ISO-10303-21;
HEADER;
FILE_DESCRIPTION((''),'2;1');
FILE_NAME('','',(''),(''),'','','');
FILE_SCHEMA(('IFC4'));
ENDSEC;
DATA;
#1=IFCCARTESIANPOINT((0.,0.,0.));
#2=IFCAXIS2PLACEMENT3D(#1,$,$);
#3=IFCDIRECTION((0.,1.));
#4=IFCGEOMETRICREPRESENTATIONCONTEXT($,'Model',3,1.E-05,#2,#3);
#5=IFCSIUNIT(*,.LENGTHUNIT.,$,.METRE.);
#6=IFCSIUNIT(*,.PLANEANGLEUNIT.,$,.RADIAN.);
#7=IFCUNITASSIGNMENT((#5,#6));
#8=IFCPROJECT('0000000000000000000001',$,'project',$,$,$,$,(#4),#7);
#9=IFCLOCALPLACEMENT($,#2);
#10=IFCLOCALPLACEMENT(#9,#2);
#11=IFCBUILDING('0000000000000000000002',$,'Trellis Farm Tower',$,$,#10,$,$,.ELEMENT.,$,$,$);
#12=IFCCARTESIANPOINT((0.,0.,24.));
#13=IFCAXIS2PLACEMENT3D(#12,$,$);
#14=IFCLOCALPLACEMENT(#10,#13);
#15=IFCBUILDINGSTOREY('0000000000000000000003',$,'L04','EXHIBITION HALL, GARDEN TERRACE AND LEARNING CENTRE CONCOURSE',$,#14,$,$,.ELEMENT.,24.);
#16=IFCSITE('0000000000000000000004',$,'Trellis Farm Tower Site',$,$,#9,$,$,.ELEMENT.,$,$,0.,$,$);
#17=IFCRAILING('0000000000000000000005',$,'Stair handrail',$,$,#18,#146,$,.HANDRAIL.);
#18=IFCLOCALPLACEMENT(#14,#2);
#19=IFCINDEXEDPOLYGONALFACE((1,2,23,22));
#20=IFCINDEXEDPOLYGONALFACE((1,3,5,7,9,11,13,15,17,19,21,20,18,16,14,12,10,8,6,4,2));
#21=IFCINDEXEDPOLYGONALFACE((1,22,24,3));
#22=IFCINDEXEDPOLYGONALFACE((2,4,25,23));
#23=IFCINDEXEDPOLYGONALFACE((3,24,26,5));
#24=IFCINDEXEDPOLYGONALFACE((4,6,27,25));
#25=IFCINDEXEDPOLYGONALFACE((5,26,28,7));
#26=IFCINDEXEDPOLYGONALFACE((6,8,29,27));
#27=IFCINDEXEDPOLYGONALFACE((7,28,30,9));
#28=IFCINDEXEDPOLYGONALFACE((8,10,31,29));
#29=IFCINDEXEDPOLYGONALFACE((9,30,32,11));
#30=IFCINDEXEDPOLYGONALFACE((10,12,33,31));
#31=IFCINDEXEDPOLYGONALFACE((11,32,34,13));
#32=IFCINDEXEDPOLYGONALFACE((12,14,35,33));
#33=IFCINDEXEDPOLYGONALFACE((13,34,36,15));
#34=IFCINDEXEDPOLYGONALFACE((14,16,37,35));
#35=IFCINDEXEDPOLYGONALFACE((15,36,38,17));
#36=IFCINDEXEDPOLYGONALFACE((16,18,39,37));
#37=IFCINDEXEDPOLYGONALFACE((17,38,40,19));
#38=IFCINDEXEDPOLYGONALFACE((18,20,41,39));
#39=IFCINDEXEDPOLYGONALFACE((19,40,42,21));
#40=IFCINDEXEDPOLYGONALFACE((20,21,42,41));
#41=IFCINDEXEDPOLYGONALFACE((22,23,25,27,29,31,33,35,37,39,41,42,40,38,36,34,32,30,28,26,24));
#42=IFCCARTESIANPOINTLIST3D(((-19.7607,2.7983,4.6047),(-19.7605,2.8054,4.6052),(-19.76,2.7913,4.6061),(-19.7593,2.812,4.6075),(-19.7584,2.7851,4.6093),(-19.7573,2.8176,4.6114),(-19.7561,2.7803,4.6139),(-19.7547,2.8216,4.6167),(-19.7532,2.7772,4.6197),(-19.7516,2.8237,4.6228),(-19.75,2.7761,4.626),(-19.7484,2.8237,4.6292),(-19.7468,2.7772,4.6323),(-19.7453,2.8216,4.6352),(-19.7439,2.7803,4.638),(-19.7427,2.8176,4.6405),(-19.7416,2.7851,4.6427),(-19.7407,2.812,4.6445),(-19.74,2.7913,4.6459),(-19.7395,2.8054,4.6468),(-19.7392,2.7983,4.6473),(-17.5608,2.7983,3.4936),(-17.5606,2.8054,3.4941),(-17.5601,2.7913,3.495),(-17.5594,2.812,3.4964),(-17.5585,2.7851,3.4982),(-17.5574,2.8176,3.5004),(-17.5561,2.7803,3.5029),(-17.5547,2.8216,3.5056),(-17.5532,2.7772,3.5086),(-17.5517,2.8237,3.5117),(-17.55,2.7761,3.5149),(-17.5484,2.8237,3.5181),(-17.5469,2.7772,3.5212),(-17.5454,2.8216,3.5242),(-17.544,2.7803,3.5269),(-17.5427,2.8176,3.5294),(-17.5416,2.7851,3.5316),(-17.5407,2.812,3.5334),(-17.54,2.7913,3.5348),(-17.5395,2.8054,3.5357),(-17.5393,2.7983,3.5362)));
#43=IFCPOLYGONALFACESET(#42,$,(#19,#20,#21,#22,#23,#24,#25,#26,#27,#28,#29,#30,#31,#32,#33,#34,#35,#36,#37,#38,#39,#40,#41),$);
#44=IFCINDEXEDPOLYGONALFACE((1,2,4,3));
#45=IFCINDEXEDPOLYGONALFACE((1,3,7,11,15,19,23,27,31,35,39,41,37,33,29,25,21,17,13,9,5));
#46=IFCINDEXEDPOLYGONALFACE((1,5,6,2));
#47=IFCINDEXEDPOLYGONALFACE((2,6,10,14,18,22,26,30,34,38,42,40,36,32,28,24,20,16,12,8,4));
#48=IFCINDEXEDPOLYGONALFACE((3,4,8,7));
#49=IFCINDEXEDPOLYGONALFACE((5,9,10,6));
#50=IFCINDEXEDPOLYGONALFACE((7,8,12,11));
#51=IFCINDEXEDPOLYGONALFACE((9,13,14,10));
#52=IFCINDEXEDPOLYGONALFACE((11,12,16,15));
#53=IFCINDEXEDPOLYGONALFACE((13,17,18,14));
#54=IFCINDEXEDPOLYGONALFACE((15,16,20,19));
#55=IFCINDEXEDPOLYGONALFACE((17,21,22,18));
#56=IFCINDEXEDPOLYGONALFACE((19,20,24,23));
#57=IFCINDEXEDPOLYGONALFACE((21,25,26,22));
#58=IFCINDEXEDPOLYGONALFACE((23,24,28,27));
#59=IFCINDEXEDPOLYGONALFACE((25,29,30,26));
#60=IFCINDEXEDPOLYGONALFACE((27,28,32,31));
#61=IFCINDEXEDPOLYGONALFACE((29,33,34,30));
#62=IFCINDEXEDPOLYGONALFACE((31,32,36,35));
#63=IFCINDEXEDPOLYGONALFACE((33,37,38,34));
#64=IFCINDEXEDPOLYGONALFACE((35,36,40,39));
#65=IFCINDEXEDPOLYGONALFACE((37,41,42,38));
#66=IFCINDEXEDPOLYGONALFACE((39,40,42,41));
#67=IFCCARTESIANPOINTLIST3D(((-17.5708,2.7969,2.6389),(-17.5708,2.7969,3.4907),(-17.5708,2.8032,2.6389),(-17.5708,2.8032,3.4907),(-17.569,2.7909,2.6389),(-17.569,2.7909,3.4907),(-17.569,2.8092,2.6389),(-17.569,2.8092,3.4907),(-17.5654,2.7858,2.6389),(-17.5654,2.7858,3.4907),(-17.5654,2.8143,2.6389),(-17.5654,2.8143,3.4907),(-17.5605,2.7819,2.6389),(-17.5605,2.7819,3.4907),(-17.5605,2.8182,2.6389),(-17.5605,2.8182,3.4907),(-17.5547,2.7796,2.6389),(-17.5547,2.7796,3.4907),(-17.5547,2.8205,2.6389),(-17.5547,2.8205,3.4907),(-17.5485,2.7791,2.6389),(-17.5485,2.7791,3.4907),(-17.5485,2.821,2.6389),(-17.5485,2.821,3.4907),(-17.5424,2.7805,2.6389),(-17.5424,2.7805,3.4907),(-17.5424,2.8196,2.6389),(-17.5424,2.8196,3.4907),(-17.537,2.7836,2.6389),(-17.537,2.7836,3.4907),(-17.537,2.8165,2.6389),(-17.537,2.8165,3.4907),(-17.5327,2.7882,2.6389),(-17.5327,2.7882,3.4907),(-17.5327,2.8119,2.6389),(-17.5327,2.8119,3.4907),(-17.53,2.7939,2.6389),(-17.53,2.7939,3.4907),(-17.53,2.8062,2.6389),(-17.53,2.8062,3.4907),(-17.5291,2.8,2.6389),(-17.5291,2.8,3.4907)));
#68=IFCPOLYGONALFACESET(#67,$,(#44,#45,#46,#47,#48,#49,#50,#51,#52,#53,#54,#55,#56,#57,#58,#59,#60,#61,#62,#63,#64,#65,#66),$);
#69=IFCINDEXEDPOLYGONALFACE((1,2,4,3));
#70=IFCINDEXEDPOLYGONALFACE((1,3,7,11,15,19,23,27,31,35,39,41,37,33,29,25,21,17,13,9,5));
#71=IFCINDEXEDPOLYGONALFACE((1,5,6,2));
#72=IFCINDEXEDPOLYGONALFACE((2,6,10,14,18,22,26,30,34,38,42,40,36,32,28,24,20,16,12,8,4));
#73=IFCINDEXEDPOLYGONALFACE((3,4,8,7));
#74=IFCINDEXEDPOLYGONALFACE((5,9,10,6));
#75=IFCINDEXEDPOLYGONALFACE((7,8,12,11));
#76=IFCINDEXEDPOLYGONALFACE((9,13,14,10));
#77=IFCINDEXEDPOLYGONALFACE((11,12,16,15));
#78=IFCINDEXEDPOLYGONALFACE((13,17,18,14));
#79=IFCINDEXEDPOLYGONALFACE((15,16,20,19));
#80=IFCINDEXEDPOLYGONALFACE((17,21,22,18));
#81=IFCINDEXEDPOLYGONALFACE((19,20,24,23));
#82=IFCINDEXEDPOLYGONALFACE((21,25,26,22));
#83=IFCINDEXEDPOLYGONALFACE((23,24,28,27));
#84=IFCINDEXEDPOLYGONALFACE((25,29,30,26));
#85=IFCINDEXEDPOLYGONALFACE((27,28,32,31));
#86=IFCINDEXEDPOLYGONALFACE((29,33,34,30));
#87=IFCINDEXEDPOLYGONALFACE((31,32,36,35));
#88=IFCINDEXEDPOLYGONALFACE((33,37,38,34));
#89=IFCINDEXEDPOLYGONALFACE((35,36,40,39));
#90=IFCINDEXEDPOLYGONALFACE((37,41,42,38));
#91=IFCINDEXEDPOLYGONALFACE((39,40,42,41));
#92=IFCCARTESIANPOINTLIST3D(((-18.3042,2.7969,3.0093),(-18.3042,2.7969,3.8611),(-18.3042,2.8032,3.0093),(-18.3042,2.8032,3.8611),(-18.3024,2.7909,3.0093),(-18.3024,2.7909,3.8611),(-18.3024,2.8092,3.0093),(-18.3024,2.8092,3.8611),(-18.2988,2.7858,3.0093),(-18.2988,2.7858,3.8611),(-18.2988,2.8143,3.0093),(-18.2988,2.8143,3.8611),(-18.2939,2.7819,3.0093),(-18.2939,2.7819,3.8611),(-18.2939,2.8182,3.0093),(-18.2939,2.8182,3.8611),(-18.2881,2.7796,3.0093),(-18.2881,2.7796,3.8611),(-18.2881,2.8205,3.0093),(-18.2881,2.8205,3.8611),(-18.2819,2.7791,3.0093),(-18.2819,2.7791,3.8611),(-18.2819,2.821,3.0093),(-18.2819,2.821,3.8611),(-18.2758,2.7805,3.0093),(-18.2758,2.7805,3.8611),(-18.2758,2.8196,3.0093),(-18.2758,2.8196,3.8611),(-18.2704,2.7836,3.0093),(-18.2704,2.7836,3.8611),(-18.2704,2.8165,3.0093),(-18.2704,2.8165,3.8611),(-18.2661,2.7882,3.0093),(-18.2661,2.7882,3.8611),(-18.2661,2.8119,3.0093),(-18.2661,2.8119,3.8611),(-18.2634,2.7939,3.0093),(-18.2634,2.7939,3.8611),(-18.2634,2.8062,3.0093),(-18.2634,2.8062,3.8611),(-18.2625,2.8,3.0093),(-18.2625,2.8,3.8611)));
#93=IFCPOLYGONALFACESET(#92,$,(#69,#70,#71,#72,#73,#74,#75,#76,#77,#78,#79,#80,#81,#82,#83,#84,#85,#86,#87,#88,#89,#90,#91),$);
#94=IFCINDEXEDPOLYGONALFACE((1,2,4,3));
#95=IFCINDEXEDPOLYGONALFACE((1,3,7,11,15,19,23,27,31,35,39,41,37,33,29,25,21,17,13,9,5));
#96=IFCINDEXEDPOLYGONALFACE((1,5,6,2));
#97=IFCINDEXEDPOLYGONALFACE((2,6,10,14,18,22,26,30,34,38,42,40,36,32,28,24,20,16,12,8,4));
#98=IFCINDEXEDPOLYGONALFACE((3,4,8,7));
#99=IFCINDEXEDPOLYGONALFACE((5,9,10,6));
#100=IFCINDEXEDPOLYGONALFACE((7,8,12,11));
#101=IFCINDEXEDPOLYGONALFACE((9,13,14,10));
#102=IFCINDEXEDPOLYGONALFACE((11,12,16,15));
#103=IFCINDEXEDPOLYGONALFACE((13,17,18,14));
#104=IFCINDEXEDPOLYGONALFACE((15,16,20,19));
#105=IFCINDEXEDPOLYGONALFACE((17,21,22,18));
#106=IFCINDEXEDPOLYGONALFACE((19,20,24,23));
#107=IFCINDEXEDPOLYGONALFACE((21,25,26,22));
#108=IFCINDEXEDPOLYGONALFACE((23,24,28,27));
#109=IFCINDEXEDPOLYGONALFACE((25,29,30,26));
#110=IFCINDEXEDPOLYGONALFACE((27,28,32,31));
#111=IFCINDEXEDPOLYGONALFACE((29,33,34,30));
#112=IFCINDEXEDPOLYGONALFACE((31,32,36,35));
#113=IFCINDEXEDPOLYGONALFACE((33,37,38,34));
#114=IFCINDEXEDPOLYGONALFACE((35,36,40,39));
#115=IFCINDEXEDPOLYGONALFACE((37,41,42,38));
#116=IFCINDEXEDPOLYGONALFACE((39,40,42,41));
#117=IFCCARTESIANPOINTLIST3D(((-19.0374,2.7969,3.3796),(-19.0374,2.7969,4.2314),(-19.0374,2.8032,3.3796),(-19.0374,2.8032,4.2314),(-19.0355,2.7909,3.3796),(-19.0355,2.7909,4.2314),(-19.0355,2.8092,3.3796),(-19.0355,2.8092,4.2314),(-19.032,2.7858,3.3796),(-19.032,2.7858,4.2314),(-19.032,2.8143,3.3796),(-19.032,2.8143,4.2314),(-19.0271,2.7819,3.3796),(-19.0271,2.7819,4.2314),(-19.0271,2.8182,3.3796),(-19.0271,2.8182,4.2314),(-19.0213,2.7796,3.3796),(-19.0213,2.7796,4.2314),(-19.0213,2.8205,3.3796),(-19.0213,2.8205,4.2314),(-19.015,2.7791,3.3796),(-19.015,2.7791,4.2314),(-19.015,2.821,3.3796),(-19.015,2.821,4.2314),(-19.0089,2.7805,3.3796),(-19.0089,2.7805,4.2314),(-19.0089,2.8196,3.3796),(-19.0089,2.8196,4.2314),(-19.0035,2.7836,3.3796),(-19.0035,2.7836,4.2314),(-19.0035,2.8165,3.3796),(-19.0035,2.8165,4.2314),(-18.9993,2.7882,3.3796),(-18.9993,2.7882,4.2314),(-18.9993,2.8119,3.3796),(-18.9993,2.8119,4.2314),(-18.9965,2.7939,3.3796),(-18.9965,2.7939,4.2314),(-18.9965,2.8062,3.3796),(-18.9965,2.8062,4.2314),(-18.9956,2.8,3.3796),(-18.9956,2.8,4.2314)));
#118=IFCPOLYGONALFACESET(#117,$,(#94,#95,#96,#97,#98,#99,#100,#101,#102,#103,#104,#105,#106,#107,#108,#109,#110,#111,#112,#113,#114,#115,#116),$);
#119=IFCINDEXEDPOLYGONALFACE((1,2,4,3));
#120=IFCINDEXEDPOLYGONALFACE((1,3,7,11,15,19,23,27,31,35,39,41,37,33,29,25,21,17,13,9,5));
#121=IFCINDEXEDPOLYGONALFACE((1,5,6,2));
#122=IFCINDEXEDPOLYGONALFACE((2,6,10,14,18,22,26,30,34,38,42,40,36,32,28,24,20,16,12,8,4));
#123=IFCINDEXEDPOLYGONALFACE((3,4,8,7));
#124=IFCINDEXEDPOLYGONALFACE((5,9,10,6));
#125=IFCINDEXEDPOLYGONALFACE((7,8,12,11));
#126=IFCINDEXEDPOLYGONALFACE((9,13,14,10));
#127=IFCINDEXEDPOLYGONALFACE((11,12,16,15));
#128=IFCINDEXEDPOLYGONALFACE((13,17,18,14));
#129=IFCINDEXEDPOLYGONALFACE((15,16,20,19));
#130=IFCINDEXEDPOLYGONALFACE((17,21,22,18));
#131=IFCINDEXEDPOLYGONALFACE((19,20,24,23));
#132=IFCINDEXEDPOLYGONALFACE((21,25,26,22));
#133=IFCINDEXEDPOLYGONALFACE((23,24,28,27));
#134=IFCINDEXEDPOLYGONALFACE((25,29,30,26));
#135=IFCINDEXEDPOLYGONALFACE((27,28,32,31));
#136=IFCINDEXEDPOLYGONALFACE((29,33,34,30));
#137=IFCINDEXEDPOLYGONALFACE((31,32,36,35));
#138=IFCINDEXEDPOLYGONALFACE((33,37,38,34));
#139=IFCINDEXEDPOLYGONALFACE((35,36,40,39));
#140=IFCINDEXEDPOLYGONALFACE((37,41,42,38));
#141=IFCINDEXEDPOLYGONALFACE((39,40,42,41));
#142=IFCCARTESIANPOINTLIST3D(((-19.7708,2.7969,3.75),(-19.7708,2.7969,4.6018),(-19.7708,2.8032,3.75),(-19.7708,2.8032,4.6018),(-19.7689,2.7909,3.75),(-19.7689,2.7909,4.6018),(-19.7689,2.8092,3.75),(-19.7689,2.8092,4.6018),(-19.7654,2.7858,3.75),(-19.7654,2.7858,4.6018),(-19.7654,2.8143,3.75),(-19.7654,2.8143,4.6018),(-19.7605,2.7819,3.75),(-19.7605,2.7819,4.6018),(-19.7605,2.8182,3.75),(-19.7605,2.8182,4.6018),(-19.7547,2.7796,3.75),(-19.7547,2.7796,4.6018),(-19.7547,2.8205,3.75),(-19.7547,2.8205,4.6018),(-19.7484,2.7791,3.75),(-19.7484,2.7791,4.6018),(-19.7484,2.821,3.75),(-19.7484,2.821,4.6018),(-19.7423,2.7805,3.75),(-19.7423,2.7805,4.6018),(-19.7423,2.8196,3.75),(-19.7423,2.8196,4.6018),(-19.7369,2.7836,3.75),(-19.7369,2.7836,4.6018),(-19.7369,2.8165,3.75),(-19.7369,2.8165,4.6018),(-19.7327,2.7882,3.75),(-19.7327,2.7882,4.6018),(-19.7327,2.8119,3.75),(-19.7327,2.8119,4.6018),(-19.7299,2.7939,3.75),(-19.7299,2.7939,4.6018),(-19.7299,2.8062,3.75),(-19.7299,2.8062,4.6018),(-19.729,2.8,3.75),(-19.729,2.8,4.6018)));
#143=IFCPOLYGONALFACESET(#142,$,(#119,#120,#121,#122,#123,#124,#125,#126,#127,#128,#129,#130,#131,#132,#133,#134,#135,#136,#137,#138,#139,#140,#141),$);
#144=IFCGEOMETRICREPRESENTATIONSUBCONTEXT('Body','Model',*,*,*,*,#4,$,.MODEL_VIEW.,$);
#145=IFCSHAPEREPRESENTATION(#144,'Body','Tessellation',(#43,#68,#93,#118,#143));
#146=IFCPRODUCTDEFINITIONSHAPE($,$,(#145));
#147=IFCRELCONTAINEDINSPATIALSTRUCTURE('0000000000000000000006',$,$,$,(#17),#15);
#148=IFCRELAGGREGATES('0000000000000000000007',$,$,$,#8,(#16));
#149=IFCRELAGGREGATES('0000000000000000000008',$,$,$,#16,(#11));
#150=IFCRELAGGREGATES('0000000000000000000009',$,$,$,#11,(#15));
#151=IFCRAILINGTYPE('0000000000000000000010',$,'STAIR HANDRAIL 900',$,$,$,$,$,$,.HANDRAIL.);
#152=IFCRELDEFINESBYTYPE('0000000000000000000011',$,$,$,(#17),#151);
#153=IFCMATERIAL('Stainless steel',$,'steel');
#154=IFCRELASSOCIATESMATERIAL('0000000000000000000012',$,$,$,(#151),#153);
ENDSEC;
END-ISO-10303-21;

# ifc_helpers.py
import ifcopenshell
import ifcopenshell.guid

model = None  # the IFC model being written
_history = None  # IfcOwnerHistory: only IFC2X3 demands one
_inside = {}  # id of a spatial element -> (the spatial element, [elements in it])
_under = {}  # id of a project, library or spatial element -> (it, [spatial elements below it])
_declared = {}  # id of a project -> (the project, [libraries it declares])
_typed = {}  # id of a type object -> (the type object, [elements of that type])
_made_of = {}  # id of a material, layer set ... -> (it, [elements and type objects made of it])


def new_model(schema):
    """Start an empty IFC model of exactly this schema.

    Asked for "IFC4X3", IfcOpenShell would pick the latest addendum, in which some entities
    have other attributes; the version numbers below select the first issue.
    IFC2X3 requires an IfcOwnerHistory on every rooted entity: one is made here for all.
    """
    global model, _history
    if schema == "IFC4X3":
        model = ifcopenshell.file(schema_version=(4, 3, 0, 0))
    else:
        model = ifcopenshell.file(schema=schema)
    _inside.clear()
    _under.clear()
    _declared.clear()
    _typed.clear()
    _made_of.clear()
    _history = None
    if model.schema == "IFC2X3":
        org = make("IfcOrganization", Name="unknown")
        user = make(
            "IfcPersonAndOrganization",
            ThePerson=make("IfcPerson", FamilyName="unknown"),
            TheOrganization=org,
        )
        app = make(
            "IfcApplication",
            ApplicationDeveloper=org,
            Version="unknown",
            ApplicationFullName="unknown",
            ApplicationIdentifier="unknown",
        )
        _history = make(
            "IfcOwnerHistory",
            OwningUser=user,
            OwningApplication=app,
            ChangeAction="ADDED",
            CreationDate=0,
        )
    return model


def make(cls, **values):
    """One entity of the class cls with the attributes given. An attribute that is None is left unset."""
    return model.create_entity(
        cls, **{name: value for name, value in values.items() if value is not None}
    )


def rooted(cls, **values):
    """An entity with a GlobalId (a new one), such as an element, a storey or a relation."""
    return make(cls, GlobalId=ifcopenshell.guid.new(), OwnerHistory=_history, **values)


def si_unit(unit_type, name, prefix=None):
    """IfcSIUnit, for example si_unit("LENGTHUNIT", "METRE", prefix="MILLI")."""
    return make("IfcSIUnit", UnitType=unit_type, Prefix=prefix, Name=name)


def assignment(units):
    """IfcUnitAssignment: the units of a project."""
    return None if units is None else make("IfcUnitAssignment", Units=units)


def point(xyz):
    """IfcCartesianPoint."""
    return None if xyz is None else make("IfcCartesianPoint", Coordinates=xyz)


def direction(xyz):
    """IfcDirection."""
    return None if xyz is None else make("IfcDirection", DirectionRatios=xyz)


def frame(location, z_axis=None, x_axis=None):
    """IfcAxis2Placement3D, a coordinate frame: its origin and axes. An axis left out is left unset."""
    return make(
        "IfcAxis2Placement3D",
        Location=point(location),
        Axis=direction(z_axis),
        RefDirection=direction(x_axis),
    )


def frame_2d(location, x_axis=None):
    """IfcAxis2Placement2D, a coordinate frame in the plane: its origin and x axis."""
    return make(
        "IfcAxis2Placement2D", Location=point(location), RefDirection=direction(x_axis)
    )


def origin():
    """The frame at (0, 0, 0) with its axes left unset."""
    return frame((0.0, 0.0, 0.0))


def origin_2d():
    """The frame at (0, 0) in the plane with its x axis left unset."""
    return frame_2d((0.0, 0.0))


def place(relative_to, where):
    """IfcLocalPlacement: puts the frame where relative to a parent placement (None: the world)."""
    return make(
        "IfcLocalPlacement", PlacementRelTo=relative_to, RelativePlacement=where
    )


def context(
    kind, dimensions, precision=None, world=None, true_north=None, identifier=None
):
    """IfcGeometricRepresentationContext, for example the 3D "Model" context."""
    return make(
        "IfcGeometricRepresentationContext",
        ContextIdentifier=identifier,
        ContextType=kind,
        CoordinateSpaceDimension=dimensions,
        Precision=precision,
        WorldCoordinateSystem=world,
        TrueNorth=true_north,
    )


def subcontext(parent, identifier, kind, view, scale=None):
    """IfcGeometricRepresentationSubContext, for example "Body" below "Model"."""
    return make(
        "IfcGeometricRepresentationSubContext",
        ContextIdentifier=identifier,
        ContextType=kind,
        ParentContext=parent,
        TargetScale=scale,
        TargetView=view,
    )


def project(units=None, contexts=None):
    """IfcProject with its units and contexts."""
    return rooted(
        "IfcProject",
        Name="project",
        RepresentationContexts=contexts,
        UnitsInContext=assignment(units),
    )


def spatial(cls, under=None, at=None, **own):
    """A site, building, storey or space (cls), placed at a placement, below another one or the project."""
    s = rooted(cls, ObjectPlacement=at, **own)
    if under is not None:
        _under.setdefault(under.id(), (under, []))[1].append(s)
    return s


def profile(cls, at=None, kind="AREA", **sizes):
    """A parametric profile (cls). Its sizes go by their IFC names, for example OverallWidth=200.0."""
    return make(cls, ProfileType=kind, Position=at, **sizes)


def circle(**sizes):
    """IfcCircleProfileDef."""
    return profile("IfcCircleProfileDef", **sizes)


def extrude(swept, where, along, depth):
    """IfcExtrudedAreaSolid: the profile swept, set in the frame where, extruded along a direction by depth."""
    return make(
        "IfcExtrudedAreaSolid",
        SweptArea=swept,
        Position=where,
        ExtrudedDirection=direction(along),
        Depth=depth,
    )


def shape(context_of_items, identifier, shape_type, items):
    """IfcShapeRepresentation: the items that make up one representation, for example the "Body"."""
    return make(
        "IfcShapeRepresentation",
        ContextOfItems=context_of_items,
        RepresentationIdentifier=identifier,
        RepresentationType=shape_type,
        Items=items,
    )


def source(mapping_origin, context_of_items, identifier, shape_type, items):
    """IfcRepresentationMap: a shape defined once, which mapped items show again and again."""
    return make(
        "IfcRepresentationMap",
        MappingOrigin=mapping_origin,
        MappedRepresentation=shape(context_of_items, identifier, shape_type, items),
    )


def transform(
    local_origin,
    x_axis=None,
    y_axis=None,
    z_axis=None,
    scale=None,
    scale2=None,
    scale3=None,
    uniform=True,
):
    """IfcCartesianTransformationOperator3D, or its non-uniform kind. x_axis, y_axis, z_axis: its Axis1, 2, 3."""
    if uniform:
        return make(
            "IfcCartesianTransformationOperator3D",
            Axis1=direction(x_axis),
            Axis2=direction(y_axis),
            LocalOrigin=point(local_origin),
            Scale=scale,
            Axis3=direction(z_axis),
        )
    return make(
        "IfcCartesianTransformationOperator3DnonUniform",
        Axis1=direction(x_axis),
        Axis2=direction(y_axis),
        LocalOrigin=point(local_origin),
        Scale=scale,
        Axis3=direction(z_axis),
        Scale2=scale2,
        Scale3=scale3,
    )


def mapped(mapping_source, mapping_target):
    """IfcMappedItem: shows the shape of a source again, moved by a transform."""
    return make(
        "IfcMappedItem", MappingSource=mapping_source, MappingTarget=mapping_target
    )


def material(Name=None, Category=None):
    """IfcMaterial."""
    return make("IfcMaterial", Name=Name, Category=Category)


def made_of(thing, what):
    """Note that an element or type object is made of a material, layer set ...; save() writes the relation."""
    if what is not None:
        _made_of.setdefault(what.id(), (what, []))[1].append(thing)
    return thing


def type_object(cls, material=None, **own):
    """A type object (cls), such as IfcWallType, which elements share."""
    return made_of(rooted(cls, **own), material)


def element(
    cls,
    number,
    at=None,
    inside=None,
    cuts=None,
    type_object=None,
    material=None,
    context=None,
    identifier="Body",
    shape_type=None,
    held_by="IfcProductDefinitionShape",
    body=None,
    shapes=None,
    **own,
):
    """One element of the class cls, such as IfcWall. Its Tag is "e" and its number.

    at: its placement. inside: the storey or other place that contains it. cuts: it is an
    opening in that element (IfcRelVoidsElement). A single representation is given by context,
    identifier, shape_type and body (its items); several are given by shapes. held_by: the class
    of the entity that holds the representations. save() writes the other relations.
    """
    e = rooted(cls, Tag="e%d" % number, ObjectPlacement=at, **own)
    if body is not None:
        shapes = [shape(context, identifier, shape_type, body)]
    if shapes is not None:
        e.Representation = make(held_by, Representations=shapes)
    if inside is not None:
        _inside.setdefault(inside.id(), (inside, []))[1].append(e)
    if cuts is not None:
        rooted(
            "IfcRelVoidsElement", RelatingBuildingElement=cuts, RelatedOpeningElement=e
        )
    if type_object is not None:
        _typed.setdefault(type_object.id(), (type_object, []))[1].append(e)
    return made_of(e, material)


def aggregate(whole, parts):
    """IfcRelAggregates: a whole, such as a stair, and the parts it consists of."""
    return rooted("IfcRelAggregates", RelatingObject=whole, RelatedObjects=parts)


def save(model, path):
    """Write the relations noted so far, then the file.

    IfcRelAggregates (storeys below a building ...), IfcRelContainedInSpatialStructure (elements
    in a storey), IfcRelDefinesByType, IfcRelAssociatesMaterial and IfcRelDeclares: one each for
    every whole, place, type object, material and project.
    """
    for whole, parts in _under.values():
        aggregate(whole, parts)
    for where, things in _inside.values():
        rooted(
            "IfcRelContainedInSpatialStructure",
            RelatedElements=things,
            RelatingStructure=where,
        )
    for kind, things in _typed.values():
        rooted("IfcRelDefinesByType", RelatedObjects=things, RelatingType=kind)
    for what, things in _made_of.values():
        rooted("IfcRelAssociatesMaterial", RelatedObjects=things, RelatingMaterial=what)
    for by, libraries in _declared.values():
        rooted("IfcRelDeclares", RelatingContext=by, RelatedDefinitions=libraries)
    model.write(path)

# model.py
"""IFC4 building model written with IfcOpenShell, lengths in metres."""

from ifc_helpers import new_model, si_unit, direction, frame, origin, origin_2d, place, context, subcontext, project, spatial, circle, extrude, source, transform, mapped, material, type_object, element, save


model = new_model("IFC4")

# Units and contexts
model_context = context("Model", 3, precision=1e-05, world=origin(), true_north=direction((0.0, 1.0)))
body_context = subcontext(model_context, "Body", "Model", "MODEL_VIEW")
ifc_project = project(units=[si_unit("LENGTHUNIT", "METRE"), si_unit("PLANEANGLEUNIT", "RADIAN")], contexts=[model_context])

# Site, building, storey
site_placement = place(None, origin())
site = spatial("IfcSite", under=ifc_project, at=site_placement, Name="Trellis Farm Tower Site", CompositionType="ELEMENT", RefElevation=0.0)
building_placement = place(site_placement, origin())
building = spatial("IfcBuilding", under=site, at=building_placement, Name="Trellis Farm Tower", CompositionType="ELEMENT")
storey_placement = place(building_placement, frame((0.0, 0.0, 24.0)))
storey = spatial("IfcBuildingStorey", under=building, at=storey_placement, Name="L04", Description="EXHIBITION HALL, GARDEN TERRACE AND LEARNING CENTRE CONCOURSE", CompositionType="ELEMENT", Elevation=24.0)

# Shared definitions
ifc_material_1 = material(Name="Stainless steel", Category="steel")

# Railing
railing_type = type_object("IfcRailingType", Name="STAIR HANDRAIL 900", PredefinedType="HANDRAIL", material=ifc_material_1)
shared_shape_1 = source(origin(), body_context, "Body", "SweptSolid", [
    extrude(circle(Radius=0.0239, at=origin_2d()), frame((0.0, 0.0, 0.876), z_axis=(-0.892617, 0.0, 0.450816), x_axis=(0.0, -1.0, 0.0)), (0.0, 0.0, 1.0), 2.4646),
    extrude(circle(Radius=0.021, at=origin_2d()), origin(), (0.0, 0.0, 1.0), 0.8518),
    extrude(circle(Radius=0.021, at=origin_2d()), frame((-0.7334, 0.0, 0.3704)), (0.0, 0.0, 1.0), 0.8518),
    extrude(circle(Radius=0.021, at=origin_2d()), frame((-1.4666, 0.0, 0.7407)), (0.0, 0.0, 1.0), 0.8518),
    extrude(circle(Radius=0.021, at=origin_2d()), frame((-2.2, 0.0, 1.1111)), (0.0, 0.0, 1.0), 0.8518),
])
for number, where, name in (
    (1, (-17.55, 2.8, 2.6389), "Stair handrail"),
):
    element("IfcRailing", number, at=place(storey_placement, frame(where)), inside=storey, type_object=railing_type, Name=name, PredefinedType="HANDRAIL", context=body_context, shape_type="MappedRepresentation", body=[
        mapped(shared_shape_1, transform((0.0, 0.0, 0.0))),
    ])

save(model, "model.ifc")
